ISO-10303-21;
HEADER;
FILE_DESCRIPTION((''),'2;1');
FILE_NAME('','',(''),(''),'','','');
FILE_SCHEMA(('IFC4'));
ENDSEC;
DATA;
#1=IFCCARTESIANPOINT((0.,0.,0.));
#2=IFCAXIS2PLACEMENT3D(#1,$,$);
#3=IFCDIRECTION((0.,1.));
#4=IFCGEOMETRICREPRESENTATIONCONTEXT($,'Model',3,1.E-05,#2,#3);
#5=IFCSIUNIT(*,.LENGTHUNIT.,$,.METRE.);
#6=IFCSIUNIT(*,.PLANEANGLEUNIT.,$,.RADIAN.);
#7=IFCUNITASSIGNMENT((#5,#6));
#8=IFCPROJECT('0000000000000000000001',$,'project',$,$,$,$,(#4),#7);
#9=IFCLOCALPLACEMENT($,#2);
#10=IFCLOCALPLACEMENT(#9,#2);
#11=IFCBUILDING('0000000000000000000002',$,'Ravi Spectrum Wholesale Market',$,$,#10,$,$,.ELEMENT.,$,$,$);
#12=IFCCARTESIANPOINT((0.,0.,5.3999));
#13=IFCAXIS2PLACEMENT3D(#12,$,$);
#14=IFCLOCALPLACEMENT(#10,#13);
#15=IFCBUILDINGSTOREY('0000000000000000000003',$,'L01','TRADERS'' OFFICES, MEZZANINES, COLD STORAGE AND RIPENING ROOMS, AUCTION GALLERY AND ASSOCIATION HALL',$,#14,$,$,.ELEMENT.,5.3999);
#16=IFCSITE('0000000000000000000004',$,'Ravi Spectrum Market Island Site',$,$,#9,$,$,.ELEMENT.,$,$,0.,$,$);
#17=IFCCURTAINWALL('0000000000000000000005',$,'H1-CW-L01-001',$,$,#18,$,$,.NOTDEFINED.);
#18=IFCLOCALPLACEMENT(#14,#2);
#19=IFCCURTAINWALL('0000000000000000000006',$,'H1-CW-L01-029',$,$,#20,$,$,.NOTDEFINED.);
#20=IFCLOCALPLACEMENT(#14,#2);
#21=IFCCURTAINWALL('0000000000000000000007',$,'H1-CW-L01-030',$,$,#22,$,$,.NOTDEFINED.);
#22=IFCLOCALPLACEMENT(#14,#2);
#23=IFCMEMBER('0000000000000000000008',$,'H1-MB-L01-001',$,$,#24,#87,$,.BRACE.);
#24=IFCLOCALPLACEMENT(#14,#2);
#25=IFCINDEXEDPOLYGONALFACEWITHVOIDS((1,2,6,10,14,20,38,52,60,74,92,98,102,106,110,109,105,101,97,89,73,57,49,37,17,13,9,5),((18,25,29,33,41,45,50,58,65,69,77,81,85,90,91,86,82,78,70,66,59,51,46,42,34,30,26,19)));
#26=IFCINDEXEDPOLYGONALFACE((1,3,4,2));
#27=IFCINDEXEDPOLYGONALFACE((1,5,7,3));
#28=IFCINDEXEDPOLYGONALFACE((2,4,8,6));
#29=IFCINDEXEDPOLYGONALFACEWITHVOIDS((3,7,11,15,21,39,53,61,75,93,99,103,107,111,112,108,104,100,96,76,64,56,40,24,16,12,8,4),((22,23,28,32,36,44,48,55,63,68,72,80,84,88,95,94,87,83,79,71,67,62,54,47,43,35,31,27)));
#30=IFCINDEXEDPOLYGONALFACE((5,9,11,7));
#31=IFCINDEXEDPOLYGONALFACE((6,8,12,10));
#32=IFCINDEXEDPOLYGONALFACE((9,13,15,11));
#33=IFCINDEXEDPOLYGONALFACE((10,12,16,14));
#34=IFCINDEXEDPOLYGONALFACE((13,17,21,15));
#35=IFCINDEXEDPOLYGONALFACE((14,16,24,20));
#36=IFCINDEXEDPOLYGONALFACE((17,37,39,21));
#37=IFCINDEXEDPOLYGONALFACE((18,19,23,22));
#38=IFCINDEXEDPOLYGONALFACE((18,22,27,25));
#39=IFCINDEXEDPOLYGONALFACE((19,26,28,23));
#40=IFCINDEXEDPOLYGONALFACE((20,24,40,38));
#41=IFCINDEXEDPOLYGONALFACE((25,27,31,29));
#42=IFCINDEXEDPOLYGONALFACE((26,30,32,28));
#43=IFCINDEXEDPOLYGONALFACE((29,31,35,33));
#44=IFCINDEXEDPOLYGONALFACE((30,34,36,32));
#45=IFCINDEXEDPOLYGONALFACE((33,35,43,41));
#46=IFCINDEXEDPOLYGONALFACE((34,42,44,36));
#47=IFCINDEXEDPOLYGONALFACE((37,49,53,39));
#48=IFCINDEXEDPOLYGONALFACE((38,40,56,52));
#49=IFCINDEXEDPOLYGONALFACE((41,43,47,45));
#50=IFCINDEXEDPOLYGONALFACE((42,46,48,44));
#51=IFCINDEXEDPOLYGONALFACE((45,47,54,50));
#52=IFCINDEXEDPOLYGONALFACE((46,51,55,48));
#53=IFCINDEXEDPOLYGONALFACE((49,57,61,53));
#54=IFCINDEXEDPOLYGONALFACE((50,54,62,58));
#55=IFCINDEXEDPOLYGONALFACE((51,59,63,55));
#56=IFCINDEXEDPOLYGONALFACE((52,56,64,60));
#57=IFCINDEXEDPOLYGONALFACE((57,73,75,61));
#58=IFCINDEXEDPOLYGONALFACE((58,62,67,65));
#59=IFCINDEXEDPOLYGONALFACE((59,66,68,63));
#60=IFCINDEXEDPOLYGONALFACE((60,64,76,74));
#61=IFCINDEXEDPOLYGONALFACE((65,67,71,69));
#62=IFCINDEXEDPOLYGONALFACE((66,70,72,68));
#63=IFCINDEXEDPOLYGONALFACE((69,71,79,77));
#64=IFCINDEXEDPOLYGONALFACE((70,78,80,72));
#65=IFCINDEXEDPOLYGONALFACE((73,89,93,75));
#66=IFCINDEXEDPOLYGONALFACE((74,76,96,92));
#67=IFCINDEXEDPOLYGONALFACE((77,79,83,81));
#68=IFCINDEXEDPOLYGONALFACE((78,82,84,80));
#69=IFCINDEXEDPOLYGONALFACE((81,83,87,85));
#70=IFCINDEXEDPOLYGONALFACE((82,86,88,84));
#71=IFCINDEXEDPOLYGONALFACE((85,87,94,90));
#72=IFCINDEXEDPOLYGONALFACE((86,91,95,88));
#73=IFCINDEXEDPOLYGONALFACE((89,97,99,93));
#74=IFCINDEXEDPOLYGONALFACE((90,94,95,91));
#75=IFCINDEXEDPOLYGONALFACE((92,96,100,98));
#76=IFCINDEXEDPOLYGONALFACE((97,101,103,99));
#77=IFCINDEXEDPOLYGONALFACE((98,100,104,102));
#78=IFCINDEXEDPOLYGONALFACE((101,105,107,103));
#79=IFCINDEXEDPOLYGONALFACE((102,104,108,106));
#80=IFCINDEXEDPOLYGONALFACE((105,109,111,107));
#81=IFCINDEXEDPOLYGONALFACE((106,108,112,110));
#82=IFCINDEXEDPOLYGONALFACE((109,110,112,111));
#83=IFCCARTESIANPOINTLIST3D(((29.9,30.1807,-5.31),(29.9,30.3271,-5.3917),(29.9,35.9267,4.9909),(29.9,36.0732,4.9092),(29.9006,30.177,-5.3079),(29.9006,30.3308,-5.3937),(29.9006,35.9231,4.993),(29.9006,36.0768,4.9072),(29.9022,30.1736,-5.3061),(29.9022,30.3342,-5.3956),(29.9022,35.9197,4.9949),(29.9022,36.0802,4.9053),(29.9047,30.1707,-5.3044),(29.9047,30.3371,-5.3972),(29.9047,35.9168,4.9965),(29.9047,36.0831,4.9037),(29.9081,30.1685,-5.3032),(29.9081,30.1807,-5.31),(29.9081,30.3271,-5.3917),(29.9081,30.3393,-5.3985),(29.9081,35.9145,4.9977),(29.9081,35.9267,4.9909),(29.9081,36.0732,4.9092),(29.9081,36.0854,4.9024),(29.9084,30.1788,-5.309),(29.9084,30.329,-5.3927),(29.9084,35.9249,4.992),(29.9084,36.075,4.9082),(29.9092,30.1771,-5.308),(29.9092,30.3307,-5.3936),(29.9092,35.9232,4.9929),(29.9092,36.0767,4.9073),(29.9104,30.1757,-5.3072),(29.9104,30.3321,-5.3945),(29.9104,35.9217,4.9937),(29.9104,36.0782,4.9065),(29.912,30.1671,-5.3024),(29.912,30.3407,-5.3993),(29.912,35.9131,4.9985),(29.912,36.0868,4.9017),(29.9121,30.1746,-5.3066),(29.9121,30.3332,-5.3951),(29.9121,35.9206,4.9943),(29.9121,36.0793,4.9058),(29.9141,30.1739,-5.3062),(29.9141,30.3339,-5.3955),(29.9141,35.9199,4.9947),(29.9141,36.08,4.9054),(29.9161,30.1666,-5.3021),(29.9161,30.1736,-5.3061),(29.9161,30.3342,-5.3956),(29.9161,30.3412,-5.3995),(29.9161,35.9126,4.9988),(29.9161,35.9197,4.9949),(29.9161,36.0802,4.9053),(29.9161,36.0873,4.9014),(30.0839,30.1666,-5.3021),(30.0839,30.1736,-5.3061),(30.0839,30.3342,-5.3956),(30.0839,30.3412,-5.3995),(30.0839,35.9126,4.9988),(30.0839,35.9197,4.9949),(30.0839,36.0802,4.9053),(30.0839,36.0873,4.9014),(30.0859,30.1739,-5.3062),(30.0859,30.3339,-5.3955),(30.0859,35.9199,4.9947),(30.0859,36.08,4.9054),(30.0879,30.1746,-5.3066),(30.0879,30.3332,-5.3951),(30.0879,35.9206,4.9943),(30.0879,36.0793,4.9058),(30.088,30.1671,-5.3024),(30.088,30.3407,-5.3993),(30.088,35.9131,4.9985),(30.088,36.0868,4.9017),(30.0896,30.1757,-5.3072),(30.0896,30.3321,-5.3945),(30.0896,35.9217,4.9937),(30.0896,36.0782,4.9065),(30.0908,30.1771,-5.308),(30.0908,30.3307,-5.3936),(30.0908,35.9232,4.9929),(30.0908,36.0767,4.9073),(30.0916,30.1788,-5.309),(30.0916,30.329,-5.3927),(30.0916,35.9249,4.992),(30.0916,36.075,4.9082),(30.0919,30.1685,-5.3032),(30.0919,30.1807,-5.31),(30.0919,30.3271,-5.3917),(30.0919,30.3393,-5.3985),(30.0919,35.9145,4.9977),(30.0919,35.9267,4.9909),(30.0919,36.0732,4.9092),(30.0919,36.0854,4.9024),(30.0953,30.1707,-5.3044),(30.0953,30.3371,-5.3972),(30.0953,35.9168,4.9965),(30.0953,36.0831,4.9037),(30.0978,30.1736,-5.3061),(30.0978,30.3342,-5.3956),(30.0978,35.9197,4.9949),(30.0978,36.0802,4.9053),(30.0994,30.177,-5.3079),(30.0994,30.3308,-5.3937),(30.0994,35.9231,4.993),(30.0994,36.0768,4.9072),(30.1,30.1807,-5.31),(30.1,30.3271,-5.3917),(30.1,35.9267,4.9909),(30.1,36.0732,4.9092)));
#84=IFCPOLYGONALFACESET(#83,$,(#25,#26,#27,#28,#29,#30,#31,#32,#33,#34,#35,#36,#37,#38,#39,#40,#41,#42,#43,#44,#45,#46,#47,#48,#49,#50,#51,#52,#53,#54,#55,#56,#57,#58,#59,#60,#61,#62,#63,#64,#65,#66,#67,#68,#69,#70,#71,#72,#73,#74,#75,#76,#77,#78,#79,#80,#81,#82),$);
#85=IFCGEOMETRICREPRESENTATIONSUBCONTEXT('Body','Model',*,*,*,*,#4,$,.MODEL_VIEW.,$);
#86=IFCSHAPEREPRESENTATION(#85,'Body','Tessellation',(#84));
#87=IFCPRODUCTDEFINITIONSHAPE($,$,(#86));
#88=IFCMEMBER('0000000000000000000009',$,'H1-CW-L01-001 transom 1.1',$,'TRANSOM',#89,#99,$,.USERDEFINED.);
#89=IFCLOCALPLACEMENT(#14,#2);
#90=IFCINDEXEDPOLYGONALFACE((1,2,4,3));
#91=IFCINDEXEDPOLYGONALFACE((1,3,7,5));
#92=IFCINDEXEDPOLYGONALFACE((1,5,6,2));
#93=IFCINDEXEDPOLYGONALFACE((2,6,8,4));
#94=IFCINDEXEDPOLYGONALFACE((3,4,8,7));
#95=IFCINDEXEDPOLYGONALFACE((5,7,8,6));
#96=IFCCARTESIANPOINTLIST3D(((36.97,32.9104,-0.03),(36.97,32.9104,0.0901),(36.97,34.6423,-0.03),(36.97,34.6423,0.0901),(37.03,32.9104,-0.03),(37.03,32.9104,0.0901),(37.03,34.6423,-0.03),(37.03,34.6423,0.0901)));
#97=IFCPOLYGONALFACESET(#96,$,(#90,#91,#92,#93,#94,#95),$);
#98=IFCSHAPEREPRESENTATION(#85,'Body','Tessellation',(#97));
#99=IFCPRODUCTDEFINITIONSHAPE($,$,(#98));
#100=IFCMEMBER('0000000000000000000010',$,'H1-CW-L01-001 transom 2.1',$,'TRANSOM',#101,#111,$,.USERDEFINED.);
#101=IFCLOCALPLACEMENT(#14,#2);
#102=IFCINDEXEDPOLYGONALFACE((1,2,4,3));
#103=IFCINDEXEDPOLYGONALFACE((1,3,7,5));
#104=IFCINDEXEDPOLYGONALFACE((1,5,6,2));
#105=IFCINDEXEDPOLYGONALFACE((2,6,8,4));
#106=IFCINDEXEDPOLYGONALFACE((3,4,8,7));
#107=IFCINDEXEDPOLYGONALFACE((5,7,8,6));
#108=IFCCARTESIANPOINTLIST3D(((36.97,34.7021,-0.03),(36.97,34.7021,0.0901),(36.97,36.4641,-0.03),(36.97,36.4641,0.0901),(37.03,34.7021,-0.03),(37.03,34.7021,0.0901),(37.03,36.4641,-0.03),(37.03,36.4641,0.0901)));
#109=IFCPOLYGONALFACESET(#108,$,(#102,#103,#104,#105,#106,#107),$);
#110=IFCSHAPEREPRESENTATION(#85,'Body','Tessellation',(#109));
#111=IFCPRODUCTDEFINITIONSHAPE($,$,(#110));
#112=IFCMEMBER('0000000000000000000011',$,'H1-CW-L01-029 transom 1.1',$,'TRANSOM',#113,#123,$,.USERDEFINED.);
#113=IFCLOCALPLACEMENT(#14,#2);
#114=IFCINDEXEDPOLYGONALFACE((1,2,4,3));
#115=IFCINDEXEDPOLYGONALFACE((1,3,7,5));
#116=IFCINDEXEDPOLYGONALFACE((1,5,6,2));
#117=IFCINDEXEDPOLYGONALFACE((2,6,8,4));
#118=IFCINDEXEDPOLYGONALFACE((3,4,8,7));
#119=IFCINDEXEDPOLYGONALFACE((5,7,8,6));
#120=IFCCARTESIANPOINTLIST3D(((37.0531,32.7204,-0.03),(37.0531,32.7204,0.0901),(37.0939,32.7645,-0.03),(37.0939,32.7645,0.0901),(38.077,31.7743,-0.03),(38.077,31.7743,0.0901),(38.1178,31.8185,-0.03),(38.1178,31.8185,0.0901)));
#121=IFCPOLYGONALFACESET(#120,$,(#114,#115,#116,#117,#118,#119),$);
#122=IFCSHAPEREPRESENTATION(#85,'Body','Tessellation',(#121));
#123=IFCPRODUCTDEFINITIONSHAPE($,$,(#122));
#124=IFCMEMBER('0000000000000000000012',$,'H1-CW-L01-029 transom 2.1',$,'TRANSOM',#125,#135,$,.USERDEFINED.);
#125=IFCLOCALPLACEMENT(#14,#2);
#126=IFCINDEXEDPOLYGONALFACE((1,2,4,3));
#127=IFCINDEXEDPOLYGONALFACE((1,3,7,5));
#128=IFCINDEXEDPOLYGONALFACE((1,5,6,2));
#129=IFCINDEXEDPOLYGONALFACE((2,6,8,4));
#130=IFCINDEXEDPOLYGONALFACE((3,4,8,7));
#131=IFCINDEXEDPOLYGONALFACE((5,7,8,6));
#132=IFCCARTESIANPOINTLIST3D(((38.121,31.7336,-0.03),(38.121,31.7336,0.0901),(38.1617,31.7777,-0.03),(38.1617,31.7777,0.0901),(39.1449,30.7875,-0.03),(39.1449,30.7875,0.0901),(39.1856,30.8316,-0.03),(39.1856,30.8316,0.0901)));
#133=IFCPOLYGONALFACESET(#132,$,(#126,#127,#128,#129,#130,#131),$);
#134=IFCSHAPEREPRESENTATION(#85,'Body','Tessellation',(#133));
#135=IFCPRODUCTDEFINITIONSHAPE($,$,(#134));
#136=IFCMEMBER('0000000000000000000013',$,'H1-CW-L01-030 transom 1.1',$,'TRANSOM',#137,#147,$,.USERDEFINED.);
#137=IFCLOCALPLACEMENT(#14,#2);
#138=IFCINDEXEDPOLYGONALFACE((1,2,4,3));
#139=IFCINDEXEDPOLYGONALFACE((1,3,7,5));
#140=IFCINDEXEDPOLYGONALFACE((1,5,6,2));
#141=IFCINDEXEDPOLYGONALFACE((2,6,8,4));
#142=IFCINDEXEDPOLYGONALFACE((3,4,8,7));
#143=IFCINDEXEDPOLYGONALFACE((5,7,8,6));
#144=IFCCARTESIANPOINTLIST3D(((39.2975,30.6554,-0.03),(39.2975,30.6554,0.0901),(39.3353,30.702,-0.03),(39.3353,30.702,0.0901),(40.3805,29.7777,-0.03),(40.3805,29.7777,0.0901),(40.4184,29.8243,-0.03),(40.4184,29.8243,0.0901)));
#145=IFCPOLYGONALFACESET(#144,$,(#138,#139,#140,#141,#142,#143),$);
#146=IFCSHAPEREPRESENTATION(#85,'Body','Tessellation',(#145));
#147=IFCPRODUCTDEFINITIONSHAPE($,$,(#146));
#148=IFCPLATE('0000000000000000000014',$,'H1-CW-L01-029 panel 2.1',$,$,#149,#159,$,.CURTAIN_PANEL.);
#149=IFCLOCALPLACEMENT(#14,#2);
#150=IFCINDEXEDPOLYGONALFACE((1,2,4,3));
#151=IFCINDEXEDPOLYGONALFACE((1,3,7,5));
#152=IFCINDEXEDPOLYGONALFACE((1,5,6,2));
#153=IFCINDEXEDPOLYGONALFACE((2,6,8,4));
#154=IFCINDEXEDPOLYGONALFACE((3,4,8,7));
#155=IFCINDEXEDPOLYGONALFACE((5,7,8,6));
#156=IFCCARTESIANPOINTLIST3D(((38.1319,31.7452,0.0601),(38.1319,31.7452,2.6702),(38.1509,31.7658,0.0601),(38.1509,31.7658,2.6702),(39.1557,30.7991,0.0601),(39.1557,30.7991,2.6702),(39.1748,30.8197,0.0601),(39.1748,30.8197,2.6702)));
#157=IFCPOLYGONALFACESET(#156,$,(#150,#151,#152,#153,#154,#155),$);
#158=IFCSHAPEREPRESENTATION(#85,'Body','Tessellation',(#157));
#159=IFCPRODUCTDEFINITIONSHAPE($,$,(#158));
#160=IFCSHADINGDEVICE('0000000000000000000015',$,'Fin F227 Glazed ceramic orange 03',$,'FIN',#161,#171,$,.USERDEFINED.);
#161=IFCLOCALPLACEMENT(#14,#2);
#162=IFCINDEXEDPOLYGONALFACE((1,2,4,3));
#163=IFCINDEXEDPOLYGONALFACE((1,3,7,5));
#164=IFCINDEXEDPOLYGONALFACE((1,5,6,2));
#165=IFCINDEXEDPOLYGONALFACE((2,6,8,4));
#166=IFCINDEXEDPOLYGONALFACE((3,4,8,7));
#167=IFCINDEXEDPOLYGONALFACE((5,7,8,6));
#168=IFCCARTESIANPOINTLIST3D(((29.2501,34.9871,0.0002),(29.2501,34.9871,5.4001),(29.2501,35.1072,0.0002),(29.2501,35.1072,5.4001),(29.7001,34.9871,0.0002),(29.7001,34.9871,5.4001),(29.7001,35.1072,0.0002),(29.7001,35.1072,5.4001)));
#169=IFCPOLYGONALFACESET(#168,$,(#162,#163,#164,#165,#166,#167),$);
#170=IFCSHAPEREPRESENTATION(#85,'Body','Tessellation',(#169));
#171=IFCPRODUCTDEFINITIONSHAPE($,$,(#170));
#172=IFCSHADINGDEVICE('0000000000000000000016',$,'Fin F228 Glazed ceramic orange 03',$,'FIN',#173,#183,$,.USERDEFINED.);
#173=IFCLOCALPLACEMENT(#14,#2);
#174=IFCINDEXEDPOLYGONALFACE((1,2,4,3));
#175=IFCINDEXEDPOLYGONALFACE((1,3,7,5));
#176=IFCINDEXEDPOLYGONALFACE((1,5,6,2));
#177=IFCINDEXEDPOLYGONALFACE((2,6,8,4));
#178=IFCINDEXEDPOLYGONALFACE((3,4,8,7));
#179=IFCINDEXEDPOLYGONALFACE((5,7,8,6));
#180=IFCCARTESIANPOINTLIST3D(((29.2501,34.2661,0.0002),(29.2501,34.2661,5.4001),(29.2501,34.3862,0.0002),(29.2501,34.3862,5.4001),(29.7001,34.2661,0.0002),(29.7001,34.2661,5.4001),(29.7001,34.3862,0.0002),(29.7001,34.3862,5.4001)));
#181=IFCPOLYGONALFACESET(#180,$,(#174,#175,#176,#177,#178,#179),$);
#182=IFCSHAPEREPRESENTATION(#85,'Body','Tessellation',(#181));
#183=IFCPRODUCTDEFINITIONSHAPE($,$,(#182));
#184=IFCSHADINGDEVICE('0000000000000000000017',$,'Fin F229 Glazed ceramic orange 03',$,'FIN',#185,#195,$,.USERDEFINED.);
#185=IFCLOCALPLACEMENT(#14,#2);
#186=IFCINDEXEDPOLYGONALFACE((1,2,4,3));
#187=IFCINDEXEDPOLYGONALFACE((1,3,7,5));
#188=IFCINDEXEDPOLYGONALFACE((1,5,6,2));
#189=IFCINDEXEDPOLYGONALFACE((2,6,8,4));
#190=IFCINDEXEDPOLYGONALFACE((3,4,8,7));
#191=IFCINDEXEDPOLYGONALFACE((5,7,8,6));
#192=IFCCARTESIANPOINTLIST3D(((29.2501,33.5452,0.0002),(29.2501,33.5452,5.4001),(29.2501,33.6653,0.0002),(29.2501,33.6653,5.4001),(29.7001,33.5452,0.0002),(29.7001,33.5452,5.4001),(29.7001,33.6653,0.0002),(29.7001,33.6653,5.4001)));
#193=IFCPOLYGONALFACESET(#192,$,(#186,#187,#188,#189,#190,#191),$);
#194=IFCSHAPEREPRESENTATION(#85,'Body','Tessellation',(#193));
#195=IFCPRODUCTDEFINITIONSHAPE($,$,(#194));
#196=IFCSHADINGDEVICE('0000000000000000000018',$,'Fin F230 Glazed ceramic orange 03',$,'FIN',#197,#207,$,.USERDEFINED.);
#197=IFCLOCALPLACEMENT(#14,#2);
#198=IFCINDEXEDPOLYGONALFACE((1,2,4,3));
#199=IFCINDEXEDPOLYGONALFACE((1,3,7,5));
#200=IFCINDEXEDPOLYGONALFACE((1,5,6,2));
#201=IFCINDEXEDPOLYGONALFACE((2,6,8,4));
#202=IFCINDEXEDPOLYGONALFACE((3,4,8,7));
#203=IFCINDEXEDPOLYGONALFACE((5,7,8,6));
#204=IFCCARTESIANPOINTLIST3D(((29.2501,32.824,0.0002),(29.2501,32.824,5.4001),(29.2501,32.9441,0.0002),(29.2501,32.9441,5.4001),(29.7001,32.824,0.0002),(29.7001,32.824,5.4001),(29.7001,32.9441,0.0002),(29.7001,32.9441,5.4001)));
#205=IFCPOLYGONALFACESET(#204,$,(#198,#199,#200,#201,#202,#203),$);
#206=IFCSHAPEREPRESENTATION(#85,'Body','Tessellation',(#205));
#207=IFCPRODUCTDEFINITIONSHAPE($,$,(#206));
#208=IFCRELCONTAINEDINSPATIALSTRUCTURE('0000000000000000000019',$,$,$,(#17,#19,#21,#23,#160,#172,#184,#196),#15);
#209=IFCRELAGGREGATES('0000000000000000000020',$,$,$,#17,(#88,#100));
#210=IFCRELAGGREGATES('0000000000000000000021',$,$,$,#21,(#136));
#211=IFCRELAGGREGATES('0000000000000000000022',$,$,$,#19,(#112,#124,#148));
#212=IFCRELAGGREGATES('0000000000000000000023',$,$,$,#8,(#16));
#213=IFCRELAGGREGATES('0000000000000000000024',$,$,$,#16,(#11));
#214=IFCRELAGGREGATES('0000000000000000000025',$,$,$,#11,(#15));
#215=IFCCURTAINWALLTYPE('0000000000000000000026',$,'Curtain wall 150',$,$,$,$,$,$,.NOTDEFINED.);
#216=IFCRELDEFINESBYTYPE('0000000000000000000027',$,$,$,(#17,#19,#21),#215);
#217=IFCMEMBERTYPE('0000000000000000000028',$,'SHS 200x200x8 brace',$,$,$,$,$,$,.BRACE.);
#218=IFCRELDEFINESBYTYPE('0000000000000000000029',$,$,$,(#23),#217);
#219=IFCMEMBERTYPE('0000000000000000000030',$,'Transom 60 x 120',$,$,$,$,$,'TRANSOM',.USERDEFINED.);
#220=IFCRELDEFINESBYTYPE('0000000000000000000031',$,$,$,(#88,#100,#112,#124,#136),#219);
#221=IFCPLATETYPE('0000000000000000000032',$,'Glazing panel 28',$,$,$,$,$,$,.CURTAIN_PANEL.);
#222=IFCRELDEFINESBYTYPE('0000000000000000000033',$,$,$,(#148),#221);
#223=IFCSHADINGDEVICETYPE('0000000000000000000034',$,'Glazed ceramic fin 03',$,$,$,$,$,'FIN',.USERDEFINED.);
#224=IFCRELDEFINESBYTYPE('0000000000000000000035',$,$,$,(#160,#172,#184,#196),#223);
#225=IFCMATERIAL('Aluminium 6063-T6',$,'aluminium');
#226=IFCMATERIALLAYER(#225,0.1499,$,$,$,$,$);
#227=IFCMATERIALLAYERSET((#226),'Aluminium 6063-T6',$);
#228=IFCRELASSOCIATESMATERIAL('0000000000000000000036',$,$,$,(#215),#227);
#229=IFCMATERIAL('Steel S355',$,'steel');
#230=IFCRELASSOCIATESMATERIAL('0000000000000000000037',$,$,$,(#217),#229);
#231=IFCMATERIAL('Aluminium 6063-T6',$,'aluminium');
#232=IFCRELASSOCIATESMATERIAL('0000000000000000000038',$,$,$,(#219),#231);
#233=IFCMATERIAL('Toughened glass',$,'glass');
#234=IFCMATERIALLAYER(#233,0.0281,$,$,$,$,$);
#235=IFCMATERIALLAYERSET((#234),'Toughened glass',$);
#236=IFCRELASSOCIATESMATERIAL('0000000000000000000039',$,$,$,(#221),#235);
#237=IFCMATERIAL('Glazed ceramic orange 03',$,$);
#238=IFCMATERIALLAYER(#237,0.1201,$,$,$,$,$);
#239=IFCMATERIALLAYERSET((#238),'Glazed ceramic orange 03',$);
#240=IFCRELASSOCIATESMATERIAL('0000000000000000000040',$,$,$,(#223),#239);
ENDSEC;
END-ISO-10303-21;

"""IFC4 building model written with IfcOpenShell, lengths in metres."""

from ifc_helpers import new_model, si_unit, direction, frame, origin, origin_2d, place, context, subcontext, project, spatial, rectangle, hollow_rectangle, extrude, material, layer, layer_set, material_profile, profile_set, type_object, element, aggregate, save


model = new_model("IFC4")

# Units and contexts
model_context = context("Model", 3, precision=1e-05, world=origin(), true_north=direction((0.0, 1.0)))
body_context = subcontext(model_context, "Body", "Model", "MODEL_VIEW")
ifc_project = project(units=[si_unit("LENGTHUNIT", "METRE"), si_unit("PLANEANGLEUNIT", "RADIAN")], contexts=[model_context])

# Site, building, storey
site_placement = place(None, origin())
site = spatial("IfcSite", under=ifc_project, at=site_placement, Name="Ravi Spectrum Market Island Site", CompositionType="ELEMENT", RefElevation=0.0)
building_placement = place(site_placement, origin())
building = spatial("IfcBuilding", under=site, at=building_placement, Name="Ravi Spectrum Wholesale Market", CompositionType="ELEMENT")
storey_placement = place(building_placement, frame((0.0, 0.0, 5.3999)))
storey = spatial("IfcBuildingStorey", under=building, at=storey_placement, Name="L01", Description="TRADERS' OFFICES, MEZZANINES, COLD STORAGE AND RIPENING ROOMS, AUCTION GALLERY AND ASSOCIATION HALL", CompositionType="ELEMENT", Elevation=5.3999)

# Curtain walls
ifc_material_1 = material(Name="Aluminium 6063-T6", Category="aluminium")
ifc_layer_1 = layer(ifc_material_1, 0.1499)
ifc_layer_set_1 = layer_set([ifc_layer_1], Name="Aluminium 6063-T6")
curtain_wall_type = type_object("IfcCurtainWallType", Name="Curtain wall 150", PredefinedType="NOTDEFINED", material=ifc_layer_set_1)
curtain_wall_1_placement = place(storey_placement, origin())
curtain_wall_1 = element("IfcCurtainWall", 1, at=curtain_wall_1_placement, inside=storey, type_object=curtain_wall_type, Name="H1-CW-L01-001", PredefinedType="NOTDEFINED")
curtain_wall_2_placement = place(storey_placement, origin())
curtain_wall_2 = element("IfcCurtainWall", 2, at=curtain_wall_2_placement, inside=storey, type_object=curtain_wall_type, Name="H1-CW-L01-029", PredefinedType="NOTDEFINED")

# Curtain wall
curtain_wall_3_placement = place(storey_placement, origin())
curtain_wall_3 = element("IfcCurtainWall", 3, at=curtain_wall_3_placement, inside=storey, type_object=curtain_wall_type, Name="H1-CW-L01-030", PredefinedType="NOTDEFINED")

# Members
ifc_material_2 = material(Name="Steel S355", Category="steel")
ifc_material_profile_1 = material_profile(ifc_material_2, hollow_rectangle(XDim=0.2, YDim=0.2, WallThickness=0.0081, InnerFilletRadius=0.0081, OuterFilletRadius=0.0161, at=origin_2d()))
ifc_profile_set_1 = profile_set([ifc_material_profile_1], Name="Steel S355")
member_type_1 = type_object("IfcMemberType", Name="SHS 200x200x8 brace", PredefinedType="BRACE", material=ifc_profile_set_1)
member_1_placement = place(storey_placement, frame((30.0, 30.2539, -5.3508), z_axis=(0.0, 0.487152, 0.873317), x_axis=(-1.0, 0.0, 0.0)))
element("IfcMember", 4, at=member_1_placement, inside=storey, type_object=member_type_1, Name="H1-MB-L01-001", PredefinedType="BRACE", context=body_context, shape_type="SweptSolid", body=[
    extrude(hollow_rectangle(XDim=0.2, YDim=0.2, WallThickness=0.0081, InnerFilletRadius=0.0081, OuterFilletRadius=0.0161, at=origin_2d()), origin(), (0.0, 0.0, 1.0), 11.7952),
])
ifc_material_3 = material(Name="Aluminium 6063-T6", Category="aluminium")
ifc_material_profile_2 = material_profile(ifc_material_3, rectangle(XDim=0.0601, YDim=0.1201, at=origin_2d()))
ifc_profile_set_2 = profile_set([ifc_material_profile_2], Name="Aluminium 6063-T6")
member_type_2 = type_object("IfcMemberType", Name="Transom 60 x 120", ElementType="TRANSOM", PredefinedType="USERDEFINED", material=ifc_profile_set_2)
member_2_placement = place(storey_placement, frame((37.0, 32.9104, 0.03), z_axis=(0.0, 1.0, 0.0), x_axis=(-1.0, 0.0, 0.0)))
member_2 = element("IfcMember", 5, at=member_2_placement, type_object=member_type_2, Name="H1-CW-L01-001 transom 1.1", ObjectType="TRANSOM", PredefinedType="USERDEFINED", context=body_context, shape_type="SweptSolid", body=[
    extrude(rectangle(XDim=0.0601, YDim=0.1201, at=origin_2d()), origin(), (0.0, 0.0, 1.0), 1.7319),
])
member_3_placement = place(storey_placement, frame((37.0, 34.7021, 0.03), z_axis=(0.0, 1.0, 0.0), x_axis=(-1.0, 0.0, 0.0)))
member_3 = element("IfcMember", 6, at=member_3_placement, type_object=member_type_2, Name="H1-CW-L01-001 transom 2.1", ObjectType="TRANSOM", PredefinedType="USERDEFINED", context=body_context, shape_type="SweptSolid", body=[
    extrude(rectangle(XDim=0.0601, YDim=0.1201, at=origin_2d()), origin(), (0.0, 0.0, 1.0), 1.762),
])
aggregate(curtain_wall_1, [member_2, member_3])
member_4_placement = place(storey_placement, frame((37.0735, 32.7424, 0.03), z_axis=(0.734488, -0.678622, 0.0), x_axis=(0.678622, 0.734488, 0.0)))
member_4 = element("IfcMember", 7, at=member_4_placement, type_object=member_type_2, Name="H1-CW-L01-029 transom 1.1", ObjectType="TRANSOM", PredefinedType="USERDEFINED", context=body_context, shape_type="SweptSolid", body=[
    extrude(rectangle(XDim=0.0601, YDim=0.1201, at=origin_2d()), origin(), (0.0, 0.0, 1.0), 1.394),
])
member_5_placement = place(storey_placement, frame((38.1414, 31.7556, 0.03), z_axis=(0.734488, -0.678622, 0.0), x_axis=(0.678622, 0.734488, 0.0)))
member_5 = element("IfcMember", 8, at=member_5_placement, type_object=member_type_2, Name="H1-CW-L01-029 transom 2.1", ObjectType="TRANSOM", PredefinedType="USERDEFINED", context=body_context, shape_type="SweptSolid", body=[
    extrude(rectangle(XDim=0.0601, YDim=0.1201, at=origin_2d()), origin(), (0.0, 0.0, 1.0), 1.394),
])
member_6_placement = place(storey_placement, frame((39.3164, 30.6787, 0.03), z_axis=(0.776906, -0.629616, 0.0), x_axis=(0.629616, 0.776906, 0.0)))
member_6 = element("IfcMember", 9, at=member_6_placement, type_object=member_type_2, Name="H1-CW-L01-030 transom 1.1", ObjectType="TRANSOM", PredefinedType="USERDEFINED", context=body_context, shape_type="SweptSolid", body=[
    extrude(rectangle(XDim=0.0601, YDim=0.1201, at=origin_2d()), origin(), (0.0, 0.0, 1.0), 1.394),
])
aggregate(curtain_wall_3, [member_6])

# Plate
ifc_material_4 = material(Name="Toughened glass", Category="glass")
ifc_layer_2 = layer(ifc_material_4, 0.0281)
ifc_layer_set_2 = layer_set([ifc_layer_2], Name="Toughened glass")
plate_type = type_object("IfcPlateType", Name="Glazing panel 28", PredefinedType="CURTAIN_PANEL", material=ifc_layer_set_2)
plate_placement = place(storey_placement, frame((38.6533, 31.2825, 0.0601), z_axis=(0.0, 0.0, 1.0), x_axis=(0.734444, -0.678669, 0.0)))
plate = element("IfcPlate", 10, at=plate_placement, type_object=plate_type, Name="H1-CW-L01-029 panel 2.1", PredefinedType="CURTAIN_PANEL", context=body_context, shape_type="SweptSolid", body=[
    extrude(rectangle(XDim=1.394, YDim=0.0281, at=origin_2d()), origin(), (0.0, 0.0, 1.0), 2.6101),
])
aggregate(curtain_wall_2, [member_4, member_5, plate])

# Shading devices
ifc_material_5 = material(Name="Glazed ceramic orange 03")
ifc_layer_3 = layer(ifc_material_5, 0.1201)
ifc_layer_set_3 = layer_set([ifc_layer_3], Name="Glazed ceramic orange 03")
shading_device_type = type_object("IfcShadingDeviceType", Name="Glazed ceramic fin 03", ElementType="FIN", PredefinedType="USERDEFINED", material=ifc_layer_set_3)
for number, where, z_axis, x_axis, name in (
    (11, (29.4751, 35.0471, 0.0002), (0.0, 0.0, 1.0), (0.0, -1.0, 0.0), "Fin F227 Glazed ceramic orange 03"),
    (12, (29.4751, 34.3262, 0.0002), (0.0, 0.0, 1.0), (0.0, -1.0, 0.0), "Fin F228 Glazed ceramic orange 03"),
    (13, (29.4751, 33.6052, 0.0002), (0.0, 0.0, 1.0), (0.0, -1.0, 0.0), "Fin F229 Glazed ceramic orange 03"),
    (14, (29.4751, 32.884, 0.0002), (0.0, 0.0, 1.0), (0.0, -1.0, 0.0), "Fin F230 Glazed ceramic orange 03"),
):
    element("IfcShadingDevice", number, at=place(storey_placement, frame(where, z_axis=z_axis, x_axis=x_axis)), inside=storey, type_object=shading_device_type, Name=name, ObjectType="FIN", PredefinedType="USERDEFINED", context=body_context, shape_type="SweptSolid", body=[
        extrude(rectangle(XDim=0.1201, YDim=0.45, at=origin_2d()), origin(), (0.0, 0.0, 1.0), 5.3999),
    ])

save(model, "model.ifc")
